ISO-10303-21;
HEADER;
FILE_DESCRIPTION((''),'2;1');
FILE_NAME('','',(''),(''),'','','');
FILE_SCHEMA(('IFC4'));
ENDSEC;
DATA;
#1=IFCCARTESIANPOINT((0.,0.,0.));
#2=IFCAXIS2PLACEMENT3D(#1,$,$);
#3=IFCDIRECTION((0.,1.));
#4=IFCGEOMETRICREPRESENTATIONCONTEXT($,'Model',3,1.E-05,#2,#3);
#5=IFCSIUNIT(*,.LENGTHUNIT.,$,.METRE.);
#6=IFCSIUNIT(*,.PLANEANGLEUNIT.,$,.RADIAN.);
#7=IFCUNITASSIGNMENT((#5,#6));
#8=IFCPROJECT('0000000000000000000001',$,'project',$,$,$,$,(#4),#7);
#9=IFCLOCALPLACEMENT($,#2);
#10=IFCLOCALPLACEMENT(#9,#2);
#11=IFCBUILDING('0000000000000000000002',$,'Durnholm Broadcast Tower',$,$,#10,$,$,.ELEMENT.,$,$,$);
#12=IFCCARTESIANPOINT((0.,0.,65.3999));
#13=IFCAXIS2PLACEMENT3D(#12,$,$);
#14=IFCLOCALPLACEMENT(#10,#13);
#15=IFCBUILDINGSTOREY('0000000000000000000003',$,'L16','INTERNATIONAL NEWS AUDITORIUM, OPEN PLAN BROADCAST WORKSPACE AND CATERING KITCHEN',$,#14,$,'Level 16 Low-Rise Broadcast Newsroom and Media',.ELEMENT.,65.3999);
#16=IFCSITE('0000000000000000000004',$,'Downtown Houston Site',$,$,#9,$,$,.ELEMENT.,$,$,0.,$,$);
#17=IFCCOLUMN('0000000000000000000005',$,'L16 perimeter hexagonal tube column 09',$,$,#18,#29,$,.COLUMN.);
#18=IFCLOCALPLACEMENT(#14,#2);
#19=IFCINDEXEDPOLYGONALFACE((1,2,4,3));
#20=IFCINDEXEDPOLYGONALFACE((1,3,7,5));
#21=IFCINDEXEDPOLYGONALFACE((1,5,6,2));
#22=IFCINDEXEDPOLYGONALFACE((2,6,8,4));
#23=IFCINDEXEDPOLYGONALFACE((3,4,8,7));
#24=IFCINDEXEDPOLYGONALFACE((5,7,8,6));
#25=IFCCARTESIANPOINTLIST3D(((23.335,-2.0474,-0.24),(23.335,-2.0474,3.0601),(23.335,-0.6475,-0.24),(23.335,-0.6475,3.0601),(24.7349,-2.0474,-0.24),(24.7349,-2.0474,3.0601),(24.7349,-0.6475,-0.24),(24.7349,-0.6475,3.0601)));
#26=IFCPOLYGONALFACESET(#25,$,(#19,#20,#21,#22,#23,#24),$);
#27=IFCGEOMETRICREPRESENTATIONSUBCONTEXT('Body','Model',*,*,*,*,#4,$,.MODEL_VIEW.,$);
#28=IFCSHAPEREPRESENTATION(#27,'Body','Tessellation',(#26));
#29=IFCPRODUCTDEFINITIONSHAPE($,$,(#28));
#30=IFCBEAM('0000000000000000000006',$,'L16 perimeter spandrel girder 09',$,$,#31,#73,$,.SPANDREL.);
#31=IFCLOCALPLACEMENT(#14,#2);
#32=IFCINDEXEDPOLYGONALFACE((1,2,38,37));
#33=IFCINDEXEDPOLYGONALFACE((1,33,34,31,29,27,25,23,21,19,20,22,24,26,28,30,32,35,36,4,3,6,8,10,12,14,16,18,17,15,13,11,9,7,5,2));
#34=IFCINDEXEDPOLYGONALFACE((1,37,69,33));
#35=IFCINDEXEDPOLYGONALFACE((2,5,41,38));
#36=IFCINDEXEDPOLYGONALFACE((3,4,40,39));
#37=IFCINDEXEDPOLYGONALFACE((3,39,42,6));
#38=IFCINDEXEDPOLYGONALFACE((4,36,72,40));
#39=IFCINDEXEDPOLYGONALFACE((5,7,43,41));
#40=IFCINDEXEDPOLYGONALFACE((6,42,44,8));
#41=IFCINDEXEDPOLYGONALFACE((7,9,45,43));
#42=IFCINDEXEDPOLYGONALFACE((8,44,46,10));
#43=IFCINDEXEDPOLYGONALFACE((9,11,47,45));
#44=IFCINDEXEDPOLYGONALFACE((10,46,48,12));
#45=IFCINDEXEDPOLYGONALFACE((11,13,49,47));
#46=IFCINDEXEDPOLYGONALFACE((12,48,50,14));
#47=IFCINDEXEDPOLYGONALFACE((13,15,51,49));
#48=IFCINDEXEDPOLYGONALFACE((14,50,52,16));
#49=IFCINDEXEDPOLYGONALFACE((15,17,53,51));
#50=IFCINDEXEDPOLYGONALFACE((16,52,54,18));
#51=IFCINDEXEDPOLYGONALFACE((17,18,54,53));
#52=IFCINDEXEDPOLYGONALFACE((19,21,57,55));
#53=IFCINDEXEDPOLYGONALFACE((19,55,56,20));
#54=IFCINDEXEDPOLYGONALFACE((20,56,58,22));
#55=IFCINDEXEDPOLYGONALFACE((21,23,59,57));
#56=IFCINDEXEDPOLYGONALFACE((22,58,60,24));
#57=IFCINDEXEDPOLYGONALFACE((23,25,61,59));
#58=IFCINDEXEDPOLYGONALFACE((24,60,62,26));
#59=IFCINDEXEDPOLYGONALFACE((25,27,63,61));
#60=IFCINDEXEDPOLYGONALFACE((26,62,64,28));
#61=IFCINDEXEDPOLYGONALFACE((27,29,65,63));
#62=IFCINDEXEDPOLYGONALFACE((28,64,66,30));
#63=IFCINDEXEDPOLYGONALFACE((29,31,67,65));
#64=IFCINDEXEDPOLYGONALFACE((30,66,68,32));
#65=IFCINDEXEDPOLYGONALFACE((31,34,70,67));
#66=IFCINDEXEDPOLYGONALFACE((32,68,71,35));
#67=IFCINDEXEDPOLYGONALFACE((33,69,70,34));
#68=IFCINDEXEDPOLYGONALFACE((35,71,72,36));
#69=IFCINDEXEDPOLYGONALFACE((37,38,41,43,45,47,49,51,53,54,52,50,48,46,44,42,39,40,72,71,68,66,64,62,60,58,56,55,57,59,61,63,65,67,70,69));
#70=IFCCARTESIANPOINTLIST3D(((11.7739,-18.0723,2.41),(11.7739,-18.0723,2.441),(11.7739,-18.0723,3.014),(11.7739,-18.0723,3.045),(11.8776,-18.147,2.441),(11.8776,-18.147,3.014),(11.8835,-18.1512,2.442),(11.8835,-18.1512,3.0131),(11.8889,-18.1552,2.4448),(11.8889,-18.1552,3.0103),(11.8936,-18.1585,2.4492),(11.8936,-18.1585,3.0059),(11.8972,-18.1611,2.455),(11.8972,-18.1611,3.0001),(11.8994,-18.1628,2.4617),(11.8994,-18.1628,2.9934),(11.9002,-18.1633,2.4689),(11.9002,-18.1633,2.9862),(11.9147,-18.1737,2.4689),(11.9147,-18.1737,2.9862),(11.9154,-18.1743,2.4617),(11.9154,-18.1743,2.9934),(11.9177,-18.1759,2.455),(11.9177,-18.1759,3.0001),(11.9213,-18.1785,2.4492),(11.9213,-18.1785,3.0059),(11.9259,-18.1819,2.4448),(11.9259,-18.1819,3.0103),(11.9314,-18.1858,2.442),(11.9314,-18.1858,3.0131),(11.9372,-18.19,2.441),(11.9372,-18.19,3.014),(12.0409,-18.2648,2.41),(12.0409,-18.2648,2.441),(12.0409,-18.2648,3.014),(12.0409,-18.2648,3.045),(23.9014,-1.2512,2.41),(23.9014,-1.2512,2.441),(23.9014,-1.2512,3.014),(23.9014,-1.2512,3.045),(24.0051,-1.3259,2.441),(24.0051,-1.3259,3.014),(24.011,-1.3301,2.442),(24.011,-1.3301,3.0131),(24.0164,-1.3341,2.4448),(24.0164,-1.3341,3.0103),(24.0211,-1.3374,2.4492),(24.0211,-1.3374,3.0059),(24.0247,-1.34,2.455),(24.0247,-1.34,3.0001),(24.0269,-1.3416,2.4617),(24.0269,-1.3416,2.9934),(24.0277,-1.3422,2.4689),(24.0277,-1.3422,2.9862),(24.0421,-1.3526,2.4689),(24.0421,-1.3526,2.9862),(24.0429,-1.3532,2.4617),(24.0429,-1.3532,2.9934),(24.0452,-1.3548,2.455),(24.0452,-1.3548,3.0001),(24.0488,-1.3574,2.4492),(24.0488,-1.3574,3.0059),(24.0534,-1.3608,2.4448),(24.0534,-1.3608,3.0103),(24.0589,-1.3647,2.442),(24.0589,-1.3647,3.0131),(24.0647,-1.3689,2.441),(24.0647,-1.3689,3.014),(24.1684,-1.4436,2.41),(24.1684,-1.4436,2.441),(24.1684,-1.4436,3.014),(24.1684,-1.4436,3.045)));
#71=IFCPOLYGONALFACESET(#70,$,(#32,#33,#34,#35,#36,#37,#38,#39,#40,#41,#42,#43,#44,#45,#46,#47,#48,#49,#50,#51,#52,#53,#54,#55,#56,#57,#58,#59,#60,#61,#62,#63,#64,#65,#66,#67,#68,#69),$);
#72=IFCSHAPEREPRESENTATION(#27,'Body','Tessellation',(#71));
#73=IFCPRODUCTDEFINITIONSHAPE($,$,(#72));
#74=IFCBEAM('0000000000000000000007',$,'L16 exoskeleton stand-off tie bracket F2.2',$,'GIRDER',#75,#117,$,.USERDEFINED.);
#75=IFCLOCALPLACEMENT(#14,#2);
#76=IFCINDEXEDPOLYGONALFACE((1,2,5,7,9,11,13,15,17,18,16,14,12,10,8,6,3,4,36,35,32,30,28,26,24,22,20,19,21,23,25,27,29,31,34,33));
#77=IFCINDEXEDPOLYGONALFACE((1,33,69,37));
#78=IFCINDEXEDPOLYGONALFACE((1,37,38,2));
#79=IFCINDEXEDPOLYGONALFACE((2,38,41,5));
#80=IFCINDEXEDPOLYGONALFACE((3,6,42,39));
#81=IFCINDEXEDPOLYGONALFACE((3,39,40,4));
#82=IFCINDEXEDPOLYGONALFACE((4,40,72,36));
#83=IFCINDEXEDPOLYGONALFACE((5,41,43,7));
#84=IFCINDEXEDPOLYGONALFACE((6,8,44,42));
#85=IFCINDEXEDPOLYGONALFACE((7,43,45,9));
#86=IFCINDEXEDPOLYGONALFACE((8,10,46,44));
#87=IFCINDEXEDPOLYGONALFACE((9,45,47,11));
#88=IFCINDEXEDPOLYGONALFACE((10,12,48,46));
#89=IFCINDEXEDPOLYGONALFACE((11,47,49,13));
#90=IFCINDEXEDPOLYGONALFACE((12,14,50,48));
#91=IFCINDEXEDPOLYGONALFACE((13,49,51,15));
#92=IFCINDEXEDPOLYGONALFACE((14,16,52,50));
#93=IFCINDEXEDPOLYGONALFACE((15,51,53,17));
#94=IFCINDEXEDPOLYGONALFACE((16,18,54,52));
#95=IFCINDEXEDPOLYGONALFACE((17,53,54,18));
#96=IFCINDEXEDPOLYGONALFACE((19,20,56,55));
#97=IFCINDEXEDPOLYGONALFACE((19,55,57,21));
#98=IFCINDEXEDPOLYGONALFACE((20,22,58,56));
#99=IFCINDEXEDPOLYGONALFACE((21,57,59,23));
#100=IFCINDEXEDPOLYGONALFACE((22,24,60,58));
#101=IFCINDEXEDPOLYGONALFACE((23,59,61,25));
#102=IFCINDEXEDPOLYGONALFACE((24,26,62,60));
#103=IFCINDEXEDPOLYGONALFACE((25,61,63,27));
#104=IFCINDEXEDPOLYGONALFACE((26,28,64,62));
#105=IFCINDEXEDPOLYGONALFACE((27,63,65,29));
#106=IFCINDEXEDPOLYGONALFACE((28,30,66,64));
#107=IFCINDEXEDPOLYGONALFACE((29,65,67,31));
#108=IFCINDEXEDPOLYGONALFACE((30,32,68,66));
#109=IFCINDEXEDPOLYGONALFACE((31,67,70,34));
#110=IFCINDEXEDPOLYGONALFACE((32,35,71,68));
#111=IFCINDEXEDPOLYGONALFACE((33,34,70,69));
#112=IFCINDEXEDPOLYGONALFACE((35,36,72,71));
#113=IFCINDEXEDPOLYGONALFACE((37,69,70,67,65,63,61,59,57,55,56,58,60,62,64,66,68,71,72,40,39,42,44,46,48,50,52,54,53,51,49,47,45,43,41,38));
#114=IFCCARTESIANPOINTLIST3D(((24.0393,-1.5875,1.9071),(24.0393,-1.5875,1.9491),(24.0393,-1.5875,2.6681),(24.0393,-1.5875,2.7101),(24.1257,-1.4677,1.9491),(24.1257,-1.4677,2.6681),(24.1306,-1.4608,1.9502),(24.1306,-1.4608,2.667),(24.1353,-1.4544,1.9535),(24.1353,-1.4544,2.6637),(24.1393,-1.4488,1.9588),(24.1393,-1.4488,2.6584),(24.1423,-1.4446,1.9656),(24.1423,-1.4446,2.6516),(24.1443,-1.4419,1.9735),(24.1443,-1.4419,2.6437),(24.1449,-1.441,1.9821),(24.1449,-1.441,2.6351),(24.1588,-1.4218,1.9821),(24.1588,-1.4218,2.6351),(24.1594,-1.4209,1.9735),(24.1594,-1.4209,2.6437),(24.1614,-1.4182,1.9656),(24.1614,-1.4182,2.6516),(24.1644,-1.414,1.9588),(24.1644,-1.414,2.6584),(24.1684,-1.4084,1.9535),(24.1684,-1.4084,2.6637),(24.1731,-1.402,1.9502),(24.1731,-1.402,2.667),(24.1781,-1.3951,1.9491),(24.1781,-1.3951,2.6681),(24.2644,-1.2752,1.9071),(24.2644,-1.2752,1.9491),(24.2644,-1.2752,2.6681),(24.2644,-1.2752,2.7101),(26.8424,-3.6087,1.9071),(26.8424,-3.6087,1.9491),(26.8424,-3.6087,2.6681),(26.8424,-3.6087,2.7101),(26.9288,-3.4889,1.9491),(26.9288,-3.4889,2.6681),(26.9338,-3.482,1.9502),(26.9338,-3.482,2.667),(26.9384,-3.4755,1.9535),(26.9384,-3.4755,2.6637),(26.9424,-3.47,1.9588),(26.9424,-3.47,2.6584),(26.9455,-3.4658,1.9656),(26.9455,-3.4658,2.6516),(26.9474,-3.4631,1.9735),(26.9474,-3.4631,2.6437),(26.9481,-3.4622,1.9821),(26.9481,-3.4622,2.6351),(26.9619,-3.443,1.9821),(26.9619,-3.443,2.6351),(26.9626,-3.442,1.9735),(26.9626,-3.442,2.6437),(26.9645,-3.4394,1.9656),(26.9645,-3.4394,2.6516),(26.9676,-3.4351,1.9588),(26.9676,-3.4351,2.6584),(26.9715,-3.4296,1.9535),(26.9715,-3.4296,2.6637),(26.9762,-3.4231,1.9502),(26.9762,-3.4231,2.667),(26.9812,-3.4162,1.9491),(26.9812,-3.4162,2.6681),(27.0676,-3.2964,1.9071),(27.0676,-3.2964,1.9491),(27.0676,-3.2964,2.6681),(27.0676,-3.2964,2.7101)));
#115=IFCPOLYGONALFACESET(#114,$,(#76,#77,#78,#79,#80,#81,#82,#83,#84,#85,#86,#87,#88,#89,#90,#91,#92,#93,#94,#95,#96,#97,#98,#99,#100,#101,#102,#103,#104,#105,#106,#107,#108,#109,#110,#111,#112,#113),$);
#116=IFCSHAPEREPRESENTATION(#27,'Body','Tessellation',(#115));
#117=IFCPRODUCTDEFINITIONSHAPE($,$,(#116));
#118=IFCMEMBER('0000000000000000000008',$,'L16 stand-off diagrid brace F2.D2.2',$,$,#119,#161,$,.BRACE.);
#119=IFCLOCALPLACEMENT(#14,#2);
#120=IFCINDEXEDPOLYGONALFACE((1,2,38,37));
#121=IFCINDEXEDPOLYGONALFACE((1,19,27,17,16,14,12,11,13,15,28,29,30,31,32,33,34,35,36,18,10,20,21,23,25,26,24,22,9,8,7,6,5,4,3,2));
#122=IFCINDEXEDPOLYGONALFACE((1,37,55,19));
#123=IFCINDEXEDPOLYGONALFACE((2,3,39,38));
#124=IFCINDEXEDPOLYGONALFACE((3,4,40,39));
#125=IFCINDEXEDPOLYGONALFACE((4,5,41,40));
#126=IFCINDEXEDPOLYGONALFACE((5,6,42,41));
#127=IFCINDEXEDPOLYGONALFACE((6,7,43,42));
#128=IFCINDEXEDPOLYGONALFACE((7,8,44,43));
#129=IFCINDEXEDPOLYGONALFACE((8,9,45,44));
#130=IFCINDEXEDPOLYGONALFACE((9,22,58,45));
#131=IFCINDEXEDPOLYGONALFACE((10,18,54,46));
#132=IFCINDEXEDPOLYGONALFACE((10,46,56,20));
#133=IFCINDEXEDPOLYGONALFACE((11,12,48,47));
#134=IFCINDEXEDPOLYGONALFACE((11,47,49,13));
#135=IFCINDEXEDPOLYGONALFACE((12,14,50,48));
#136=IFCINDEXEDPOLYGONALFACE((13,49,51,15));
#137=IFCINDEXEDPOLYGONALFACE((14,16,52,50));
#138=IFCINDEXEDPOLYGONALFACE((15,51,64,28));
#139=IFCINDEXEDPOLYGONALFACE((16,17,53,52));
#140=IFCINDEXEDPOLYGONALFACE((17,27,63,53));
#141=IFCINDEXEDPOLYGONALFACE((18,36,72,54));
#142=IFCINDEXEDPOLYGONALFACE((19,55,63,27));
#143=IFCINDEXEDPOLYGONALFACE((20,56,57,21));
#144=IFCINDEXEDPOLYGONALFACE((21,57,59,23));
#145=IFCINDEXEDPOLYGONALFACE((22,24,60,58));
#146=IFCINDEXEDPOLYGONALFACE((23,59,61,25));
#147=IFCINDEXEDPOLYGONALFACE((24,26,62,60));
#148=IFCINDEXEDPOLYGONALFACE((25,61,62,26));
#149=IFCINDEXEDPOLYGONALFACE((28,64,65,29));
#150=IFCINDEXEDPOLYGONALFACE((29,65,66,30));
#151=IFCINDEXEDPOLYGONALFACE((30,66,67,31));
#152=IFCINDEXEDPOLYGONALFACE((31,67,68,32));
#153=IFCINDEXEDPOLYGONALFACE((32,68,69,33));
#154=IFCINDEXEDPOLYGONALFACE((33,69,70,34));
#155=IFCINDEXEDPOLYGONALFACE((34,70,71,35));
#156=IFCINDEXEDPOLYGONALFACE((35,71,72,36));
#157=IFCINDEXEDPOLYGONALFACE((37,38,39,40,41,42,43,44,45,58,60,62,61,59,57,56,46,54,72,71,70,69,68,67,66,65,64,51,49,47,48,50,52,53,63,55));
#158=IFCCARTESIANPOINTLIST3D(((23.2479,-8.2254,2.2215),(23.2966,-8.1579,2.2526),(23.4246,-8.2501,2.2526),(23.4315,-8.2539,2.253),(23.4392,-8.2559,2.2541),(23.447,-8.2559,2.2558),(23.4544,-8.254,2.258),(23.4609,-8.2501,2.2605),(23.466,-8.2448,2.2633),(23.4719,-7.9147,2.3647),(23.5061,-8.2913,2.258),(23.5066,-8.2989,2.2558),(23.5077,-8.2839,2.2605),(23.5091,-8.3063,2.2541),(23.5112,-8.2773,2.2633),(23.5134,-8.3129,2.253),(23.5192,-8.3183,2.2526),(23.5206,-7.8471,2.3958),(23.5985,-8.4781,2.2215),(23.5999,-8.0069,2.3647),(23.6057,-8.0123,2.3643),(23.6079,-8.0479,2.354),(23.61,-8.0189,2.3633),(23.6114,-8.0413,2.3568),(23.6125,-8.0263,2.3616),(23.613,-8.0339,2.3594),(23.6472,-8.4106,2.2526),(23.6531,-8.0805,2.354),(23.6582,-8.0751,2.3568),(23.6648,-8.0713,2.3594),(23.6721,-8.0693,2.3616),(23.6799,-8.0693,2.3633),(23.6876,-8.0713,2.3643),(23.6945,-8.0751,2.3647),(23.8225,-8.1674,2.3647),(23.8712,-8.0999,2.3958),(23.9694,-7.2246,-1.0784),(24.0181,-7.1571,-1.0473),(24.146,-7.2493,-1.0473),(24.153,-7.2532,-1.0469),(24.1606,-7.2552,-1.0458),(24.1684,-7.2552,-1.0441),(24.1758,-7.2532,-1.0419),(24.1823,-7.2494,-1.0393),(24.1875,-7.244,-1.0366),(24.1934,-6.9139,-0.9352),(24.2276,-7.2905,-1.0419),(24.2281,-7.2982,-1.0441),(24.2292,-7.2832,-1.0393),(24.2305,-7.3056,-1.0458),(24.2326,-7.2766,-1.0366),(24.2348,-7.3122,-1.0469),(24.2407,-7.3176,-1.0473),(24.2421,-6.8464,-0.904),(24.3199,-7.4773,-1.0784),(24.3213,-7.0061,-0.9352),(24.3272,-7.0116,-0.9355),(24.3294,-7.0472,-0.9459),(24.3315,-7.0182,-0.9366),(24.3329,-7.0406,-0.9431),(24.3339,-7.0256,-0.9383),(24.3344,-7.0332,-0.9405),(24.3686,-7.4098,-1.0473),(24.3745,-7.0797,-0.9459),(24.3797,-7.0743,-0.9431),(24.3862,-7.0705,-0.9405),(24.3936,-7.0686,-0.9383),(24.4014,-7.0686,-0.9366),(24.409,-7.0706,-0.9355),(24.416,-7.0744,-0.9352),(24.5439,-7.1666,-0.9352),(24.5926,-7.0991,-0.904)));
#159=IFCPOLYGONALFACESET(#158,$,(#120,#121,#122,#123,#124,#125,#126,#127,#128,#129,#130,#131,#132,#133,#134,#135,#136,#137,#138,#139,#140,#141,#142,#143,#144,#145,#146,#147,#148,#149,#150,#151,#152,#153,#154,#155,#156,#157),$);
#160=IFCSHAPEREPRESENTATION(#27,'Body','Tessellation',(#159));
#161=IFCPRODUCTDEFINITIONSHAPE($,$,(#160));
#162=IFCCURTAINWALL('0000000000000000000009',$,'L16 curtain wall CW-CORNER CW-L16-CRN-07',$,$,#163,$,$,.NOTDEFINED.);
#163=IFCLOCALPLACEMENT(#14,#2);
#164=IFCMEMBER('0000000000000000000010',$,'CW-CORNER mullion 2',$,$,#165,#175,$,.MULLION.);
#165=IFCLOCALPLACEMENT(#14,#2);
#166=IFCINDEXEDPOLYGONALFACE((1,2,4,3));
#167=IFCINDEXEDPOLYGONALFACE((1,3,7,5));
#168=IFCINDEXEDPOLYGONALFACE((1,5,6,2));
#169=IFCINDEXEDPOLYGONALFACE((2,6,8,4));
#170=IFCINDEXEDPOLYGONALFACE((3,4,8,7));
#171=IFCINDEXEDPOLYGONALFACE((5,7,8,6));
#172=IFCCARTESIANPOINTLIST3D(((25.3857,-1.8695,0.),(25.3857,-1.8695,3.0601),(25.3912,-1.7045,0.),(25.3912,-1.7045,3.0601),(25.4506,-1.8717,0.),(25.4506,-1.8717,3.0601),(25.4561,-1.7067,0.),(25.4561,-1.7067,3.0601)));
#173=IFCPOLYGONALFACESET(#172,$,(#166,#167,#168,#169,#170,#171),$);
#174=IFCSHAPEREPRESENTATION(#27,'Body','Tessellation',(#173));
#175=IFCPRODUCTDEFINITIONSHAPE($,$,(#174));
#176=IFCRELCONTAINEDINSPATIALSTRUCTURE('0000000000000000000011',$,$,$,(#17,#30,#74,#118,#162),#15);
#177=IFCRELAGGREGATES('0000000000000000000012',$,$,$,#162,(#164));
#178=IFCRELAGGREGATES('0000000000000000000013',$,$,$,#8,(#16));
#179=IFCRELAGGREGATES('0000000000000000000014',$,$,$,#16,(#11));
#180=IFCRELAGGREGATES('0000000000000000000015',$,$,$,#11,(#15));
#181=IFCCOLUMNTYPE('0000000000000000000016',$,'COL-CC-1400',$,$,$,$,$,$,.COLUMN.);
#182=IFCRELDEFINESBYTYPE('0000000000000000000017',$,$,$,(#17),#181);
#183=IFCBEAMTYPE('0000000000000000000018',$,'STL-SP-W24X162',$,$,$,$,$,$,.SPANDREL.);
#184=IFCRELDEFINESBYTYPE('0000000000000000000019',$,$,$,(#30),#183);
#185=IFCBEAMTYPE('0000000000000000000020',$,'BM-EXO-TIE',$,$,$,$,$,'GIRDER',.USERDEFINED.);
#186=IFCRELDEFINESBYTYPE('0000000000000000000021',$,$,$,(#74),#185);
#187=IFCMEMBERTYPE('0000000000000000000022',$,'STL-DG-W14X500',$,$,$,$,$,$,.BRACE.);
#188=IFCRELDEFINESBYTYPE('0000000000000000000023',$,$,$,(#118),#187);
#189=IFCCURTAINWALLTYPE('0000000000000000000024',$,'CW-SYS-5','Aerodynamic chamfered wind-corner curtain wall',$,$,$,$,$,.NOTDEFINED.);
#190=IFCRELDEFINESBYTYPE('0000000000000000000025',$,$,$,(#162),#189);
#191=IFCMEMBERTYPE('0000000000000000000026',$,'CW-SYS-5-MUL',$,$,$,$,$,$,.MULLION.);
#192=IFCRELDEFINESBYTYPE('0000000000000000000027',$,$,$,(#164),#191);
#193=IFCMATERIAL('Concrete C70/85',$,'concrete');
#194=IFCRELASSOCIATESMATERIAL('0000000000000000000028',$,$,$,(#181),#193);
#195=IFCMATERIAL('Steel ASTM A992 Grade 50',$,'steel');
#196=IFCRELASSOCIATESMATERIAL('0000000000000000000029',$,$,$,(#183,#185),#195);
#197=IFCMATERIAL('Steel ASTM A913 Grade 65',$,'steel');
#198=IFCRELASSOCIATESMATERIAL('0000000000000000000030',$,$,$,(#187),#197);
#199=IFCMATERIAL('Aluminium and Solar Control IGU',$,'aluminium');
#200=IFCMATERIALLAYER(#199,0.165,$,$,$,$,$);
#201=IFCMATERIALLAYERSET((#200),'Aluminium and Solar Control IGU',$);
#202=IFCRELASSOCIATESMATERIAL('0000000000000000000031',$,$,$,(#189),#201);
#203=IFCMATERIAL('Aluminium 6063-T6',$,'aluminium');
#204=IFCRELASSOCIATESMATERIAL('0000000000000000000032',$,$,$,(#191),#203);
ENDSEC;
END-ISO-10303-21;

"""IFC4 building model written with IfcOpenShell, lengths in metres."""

from ifc_helpers import new_model, si_unit, direction, frame, origin, origin_2d, place, context, subcontext, project, spatial, rectangle, i_section, extrude, source, transform, mapped, material, layer, layer_set, material_profile, profile_set, type_object, type_shapes, element, aggregate, save


model = new_model("IFC4")

# Units and contexts
model_context = context("Model", 3, precision=1e-05, world=origin(), true_north=direction((0.0, 1.0)))
body_context = subcontext(model_context, "Body", "Model", "MODEL_VIEW")
ifc_project = project(units=[si_unit("LENGTHUNIT", "METRE"), si_unit("PLANEANGLEUNIT", "RADIAN")], contexts=[model_context])

# Site, building, storey
site_placement = place(None, origin())
site = spatial("IfcSite", under=ifc_project, at=site_placement, Name="Downtown Houston Site", CompositionType="ELEMENT", RefElevation=0.0)
building_placement = place(site_placement, origin())
building = spatial("IfcBuilding", under=site, at=building_placement, Name="Durnholm Broadcast Tower", CompositionType="ELEMENT")
storey_placement = place(building_placement, frame((0.0, 0.0, 65.3999)))
storey = spatial("IfcBuildingStorey", under=building, at=storey_placement, Name="L16", Description="INTERNATIONAL NEWS AUDITORIUM, OPEN PLAN BROADCAST WORKSPACE AND CATERING KITCHEN", LongName="Level 16 Low-Rise Broadcast Newsroom and Media", CompositionType="ELEMENT", Elevation=65.3999)

# Column
ifc_material_1 = material(Name="Concrete C70/85", Category="concrete")
ifc_material_profile_1 = material_profile(ifc_material_1, rectangle(XDim=1.3999, YDim=1.3999, at=origin_2d()), Name="RC1400X1400")
ifc_profile_set_1 = profile_set([ifc_material_profile_1], Name="Concrete C70/85")
column_type = type_object("IfcColumnType", Name="COL-CC-1400", PredefinedType="COLUMN", material=ifc_profile_set_1)
shared_shape_1 = source(origin(), body_context, "Body", "SweptSolid", [
    extrude(rectangle(XDim=1.3999, YDim=1.3999, at=origin_2d()), origin(), (0.0, 0.0, 1.0), 3.3),
])
type_shapes(column_type, [shared_shape_1])
column_placement = place(storey_placement, frame((24.0349, -1.3474, -0.24), z_axis=(0.0, 0.0, 1.0), x_axis=(1.0, 0.0, 0.0)))
element("IfcColumn", 1, at=column_placement, inside=storey, type_object=column_type, Name="L16 perimeter hexagonal tube column 09", PredefinedType="COLUMN", context=body_context, shape_type="MappedRepresentation", body=[
    mapped(shared_shape_1, transform((0.0, 0.0, 0.0), x_axis=(1.0, 0.0, 0.0), y_axis=(0.0, 1.0, 0.0), z_axis=(0.0, 0.0, 1.0), scale=1.0)),
])

# Beams
ifc_material_2 = material(Name="Steel ASTM A992 Grade 50", Category="steel")
ifc_material_profile_2 = material_profile(ifc_material_2, i_section(OverallWidth=0.3291, OverallDepth=0.635, WebThickness=0.0178, FlangeThickness=0.031, FilletRadius=0.0278, at=origin_2d()), Name="W24X162")
ifc_profile_set_2 = profile_set([ifc_material_profile_2], Name="Steel ASTM A992 Grade 50")
beam_type_1 = type_object("IfcBeamType", Name="STL-SP-W24X162", PredefinedType="SPANDREL", material=ifc_profile_set_2)
shared_shape_2 = source(origin(), body_context, "Body", "SweptSolid", [
    extrude(i_section(OverallWidth=0.3291, OverallDepth=0.635, WebThickness=0.0178, FlangeThickness=0.031, FilletRadius=0.0278, at=origin_2d()), origin(), (0.0, 0.0, 1.0), 20.7371),
])
type_shapes(beam_type_1, [shared_shape_2])
beam_1_placement = place(storey_placement, frame((24.0349, -1.3474, 2.7275), z_axis=(-0.584822, -0.811162, 0.0), x_axis=(0.811162, -0.584822, 0.0)))
element("IfcBeam", 2, at=beam_1_placement, inside=storey, type_object=beam_type_1, Name="L16 perimeter spandrel girder 09", PredefinedType="SPANDREL", context=body_context, shape_type="MappedRepresentation", body=[
    mapped(shared_shape_2, transform((0.0, 0.0, 0.0), x_axis=(1.0, 0.0, 0.0), y_axis=(0.0, 1.0, 0.0), z_axis=(0.0, 0.0, 1.0), scale=1.0)),
])
ifc_material_profile_3 = material_profile(ifc_material_2, i_section(OverallWidth=0.385, OverallDepth=0.803, WebThickness=0.0237, FlangeThickness=0.042, FilletRadius=0.033, at=origin_2d()), Name="W30X261")
ifc_profile_set_3 = profile_set([ifc_material_profile_3], Name="Steel ASTM A992 Grade 50")
beam_type_2 = type_object("IfcBeamType", Name="BM-EXO-TIE", ElementType="GIRDER", PredefinedType="USERDEFINED", material=ifc_profile_set_3)
shared_shape_3 = source(origin(), body_context, "Body", "SweptSolid", [
    extrude(i_section(OverallWidth=0.385, OverallDepth=0.803, WebThickness=0.0237, FlangeThickness=0.042, FilletRadius=0.033, at=origin_2d()), origin(), (0.0, 0.0, 1.0), 3.4558),
])
type_shapes(beam_type_2, [shared_shape_3])
beam_2_placement = place(storey_placement, frame((24.1519, -1.4314, 2.3086), z_axis=(0.811134, -0.584861, 0.0), x_axis=(0.584861, 0.811134, 0.0)))
element("IfcBeam", 3, at=beam_2_placement, inside=storey, type_object=beam_type_2, Name="L16 exoskeleton stand-off tie bracket F2.2", ObjectType="GIRDER", PredefinedType="USERDEFINED", context=body_context, shape_type="MappedRepresentation", body=[
    mapped(shared_shape_3, transform((0.0, 0.0, 0.0), x_axis=(1.0, 0.0, 0.0), y_axis=(0.0, 1.0, 0.0), z_axis=(0.0, 0.0, 1.0), scale=1.0)),
])

# Member
ifc_material_3 = material(Name="Steel ASTM A913 Grade 65", Category="steel")
ifc_material_profile_4 = material_profile(ifc_material_3, i_section(OverallWidth=0.4321, OverallDepth=0.4978, WebThickness=0.0557, FlangeThickness=0.0889, FilletRadius=0.0305, at=origin_2d()), Name="W14X500")
ifc_profile_set_4 = profile_set([ifc_material_profile_4], Name="Steel ASTM A913 Grade 65")
member_type_1 = type_object("IfcMemberType", Name="STL-DG-W14X500", PredefinedType="BRACE", material=ifc_profile_set_4)
shared_shape_4 = source(origin(), body_context, "Body", "SweptSolid", [
    extrude(i_section(OverallWidth=0.4321, OverallDepth=0.4978, WebThickness=0.0557, FlangeThickness=0.0889, FilletRadius=0.0305, at=origin_2d()), origin(), (0.0, 0.0, 1.0), 3.5229),
])
type_shapes(member_type_1, [shared_shape_4])
member_1_placement = place(storey_placement, frame((24.281, -7.1619, -0.9912), z_axis=(-0.204786, -0.284067, 0.93668), x_axis=(0.811185, -0.584789, 0.0)))
element("IfcMember", 4, at=member_1_placement, inside=storey, type_object=member_type_1, Name="L16 stand-off diagrid brace F2.D2.2", PredefinedType="BRACE", context=body_context, shape_type="MappedRepresentation", body=[
    mapped(shared_shape_4, transform((0.0, 0.0, 0.0), x_axis=(1.0, 0.0, 0.0), y_axis=(0.0, 1.0, 0.0), z_axis=(0.0, 0.0, 1.0), scale=1.0)),
])

# Curtain wall, member
ifc_material_4 = material(Name="Aluminium and Solar Control IGU", Category="aluminium")
ifc_layer_1 = layer(ifc_material_4, 0.165)
ifc_layer_set_1 = layer_set([ifc_layer_1], Name="Aluminium and Solar Control IGU")
curtain_wall_type_1 = type_object("IfcCurtainWallType", Name="CW-SYS-5", Description="Aerodynamic chamfered wind-corner curtain wall", PredefinedType="NOTDEFINED", material=ifc_layer_set_1)
curtain_wall_1_placement = place(storey_placement, origin())
curtain_wall_1 = element("IfcCurtainWall", 5, at=curtain_wall_1_placement, inside=storey, type_object=curtain_wall_type_1, Name="L16 curtain wall CW-CORNER CW-L16-CRN-07", PredefinedType="NOTDEFINED")
ifc_material_5 = material(Name="Aluminium 6063-T6", Category="aluminium")
ifc_material_profile_5 = material_profile(ifc_material_5, rectangle(XDim=0.0649, YDim=0.165, at=origin_2d()), Name="CWM65X165")
ifc_profile_set_5 = profile_set([ifc_material_profile_5], Name="Aluminium 6063-T6")
member_type_2 = type_object("IfcMemberType", Name="CW-SYS-5-MUL", PredefinedType="MULLION", material=ifc_profile_set_5)
shared_shape_5 = source(origin(), body_context, "Body", "SweptSolid", [
    extrude(rectangle(XDim=0.0649, YDim=0.165, at=origin_2d()), origin(), (0.0, 0.0, 1.0), 3.0601),
])
type_shapes(member_type_2, [shared_shape_5])
member_2_placement = place(storey_placement, frame((25.4209, -1.7881, 0.0), z_axis=(0.0, 0.0, 1.0), x_axis=(0.999427, -0.03384, 0.0)))
member_2 = element("IfcMember", 6, at=member_2_placement, type_object=member_type_2, Name="CW-CORNER mullion 2", PredefinedType="MULLION", context=body_context, shape_type="MappedRepresentation", body=[
    mapped(shared_shape_5, transform((0.0, 0.0, 0.0), x_axis=(1.0, 0.0, 0.0), y_axis=(0.0, 1.0, 0.0), z_axis=(0.0, 0.0, 1.0), scale=1.0)),
])

aggregate(curtain_wall_1, [member_2])

save(model, "model.ifc")
